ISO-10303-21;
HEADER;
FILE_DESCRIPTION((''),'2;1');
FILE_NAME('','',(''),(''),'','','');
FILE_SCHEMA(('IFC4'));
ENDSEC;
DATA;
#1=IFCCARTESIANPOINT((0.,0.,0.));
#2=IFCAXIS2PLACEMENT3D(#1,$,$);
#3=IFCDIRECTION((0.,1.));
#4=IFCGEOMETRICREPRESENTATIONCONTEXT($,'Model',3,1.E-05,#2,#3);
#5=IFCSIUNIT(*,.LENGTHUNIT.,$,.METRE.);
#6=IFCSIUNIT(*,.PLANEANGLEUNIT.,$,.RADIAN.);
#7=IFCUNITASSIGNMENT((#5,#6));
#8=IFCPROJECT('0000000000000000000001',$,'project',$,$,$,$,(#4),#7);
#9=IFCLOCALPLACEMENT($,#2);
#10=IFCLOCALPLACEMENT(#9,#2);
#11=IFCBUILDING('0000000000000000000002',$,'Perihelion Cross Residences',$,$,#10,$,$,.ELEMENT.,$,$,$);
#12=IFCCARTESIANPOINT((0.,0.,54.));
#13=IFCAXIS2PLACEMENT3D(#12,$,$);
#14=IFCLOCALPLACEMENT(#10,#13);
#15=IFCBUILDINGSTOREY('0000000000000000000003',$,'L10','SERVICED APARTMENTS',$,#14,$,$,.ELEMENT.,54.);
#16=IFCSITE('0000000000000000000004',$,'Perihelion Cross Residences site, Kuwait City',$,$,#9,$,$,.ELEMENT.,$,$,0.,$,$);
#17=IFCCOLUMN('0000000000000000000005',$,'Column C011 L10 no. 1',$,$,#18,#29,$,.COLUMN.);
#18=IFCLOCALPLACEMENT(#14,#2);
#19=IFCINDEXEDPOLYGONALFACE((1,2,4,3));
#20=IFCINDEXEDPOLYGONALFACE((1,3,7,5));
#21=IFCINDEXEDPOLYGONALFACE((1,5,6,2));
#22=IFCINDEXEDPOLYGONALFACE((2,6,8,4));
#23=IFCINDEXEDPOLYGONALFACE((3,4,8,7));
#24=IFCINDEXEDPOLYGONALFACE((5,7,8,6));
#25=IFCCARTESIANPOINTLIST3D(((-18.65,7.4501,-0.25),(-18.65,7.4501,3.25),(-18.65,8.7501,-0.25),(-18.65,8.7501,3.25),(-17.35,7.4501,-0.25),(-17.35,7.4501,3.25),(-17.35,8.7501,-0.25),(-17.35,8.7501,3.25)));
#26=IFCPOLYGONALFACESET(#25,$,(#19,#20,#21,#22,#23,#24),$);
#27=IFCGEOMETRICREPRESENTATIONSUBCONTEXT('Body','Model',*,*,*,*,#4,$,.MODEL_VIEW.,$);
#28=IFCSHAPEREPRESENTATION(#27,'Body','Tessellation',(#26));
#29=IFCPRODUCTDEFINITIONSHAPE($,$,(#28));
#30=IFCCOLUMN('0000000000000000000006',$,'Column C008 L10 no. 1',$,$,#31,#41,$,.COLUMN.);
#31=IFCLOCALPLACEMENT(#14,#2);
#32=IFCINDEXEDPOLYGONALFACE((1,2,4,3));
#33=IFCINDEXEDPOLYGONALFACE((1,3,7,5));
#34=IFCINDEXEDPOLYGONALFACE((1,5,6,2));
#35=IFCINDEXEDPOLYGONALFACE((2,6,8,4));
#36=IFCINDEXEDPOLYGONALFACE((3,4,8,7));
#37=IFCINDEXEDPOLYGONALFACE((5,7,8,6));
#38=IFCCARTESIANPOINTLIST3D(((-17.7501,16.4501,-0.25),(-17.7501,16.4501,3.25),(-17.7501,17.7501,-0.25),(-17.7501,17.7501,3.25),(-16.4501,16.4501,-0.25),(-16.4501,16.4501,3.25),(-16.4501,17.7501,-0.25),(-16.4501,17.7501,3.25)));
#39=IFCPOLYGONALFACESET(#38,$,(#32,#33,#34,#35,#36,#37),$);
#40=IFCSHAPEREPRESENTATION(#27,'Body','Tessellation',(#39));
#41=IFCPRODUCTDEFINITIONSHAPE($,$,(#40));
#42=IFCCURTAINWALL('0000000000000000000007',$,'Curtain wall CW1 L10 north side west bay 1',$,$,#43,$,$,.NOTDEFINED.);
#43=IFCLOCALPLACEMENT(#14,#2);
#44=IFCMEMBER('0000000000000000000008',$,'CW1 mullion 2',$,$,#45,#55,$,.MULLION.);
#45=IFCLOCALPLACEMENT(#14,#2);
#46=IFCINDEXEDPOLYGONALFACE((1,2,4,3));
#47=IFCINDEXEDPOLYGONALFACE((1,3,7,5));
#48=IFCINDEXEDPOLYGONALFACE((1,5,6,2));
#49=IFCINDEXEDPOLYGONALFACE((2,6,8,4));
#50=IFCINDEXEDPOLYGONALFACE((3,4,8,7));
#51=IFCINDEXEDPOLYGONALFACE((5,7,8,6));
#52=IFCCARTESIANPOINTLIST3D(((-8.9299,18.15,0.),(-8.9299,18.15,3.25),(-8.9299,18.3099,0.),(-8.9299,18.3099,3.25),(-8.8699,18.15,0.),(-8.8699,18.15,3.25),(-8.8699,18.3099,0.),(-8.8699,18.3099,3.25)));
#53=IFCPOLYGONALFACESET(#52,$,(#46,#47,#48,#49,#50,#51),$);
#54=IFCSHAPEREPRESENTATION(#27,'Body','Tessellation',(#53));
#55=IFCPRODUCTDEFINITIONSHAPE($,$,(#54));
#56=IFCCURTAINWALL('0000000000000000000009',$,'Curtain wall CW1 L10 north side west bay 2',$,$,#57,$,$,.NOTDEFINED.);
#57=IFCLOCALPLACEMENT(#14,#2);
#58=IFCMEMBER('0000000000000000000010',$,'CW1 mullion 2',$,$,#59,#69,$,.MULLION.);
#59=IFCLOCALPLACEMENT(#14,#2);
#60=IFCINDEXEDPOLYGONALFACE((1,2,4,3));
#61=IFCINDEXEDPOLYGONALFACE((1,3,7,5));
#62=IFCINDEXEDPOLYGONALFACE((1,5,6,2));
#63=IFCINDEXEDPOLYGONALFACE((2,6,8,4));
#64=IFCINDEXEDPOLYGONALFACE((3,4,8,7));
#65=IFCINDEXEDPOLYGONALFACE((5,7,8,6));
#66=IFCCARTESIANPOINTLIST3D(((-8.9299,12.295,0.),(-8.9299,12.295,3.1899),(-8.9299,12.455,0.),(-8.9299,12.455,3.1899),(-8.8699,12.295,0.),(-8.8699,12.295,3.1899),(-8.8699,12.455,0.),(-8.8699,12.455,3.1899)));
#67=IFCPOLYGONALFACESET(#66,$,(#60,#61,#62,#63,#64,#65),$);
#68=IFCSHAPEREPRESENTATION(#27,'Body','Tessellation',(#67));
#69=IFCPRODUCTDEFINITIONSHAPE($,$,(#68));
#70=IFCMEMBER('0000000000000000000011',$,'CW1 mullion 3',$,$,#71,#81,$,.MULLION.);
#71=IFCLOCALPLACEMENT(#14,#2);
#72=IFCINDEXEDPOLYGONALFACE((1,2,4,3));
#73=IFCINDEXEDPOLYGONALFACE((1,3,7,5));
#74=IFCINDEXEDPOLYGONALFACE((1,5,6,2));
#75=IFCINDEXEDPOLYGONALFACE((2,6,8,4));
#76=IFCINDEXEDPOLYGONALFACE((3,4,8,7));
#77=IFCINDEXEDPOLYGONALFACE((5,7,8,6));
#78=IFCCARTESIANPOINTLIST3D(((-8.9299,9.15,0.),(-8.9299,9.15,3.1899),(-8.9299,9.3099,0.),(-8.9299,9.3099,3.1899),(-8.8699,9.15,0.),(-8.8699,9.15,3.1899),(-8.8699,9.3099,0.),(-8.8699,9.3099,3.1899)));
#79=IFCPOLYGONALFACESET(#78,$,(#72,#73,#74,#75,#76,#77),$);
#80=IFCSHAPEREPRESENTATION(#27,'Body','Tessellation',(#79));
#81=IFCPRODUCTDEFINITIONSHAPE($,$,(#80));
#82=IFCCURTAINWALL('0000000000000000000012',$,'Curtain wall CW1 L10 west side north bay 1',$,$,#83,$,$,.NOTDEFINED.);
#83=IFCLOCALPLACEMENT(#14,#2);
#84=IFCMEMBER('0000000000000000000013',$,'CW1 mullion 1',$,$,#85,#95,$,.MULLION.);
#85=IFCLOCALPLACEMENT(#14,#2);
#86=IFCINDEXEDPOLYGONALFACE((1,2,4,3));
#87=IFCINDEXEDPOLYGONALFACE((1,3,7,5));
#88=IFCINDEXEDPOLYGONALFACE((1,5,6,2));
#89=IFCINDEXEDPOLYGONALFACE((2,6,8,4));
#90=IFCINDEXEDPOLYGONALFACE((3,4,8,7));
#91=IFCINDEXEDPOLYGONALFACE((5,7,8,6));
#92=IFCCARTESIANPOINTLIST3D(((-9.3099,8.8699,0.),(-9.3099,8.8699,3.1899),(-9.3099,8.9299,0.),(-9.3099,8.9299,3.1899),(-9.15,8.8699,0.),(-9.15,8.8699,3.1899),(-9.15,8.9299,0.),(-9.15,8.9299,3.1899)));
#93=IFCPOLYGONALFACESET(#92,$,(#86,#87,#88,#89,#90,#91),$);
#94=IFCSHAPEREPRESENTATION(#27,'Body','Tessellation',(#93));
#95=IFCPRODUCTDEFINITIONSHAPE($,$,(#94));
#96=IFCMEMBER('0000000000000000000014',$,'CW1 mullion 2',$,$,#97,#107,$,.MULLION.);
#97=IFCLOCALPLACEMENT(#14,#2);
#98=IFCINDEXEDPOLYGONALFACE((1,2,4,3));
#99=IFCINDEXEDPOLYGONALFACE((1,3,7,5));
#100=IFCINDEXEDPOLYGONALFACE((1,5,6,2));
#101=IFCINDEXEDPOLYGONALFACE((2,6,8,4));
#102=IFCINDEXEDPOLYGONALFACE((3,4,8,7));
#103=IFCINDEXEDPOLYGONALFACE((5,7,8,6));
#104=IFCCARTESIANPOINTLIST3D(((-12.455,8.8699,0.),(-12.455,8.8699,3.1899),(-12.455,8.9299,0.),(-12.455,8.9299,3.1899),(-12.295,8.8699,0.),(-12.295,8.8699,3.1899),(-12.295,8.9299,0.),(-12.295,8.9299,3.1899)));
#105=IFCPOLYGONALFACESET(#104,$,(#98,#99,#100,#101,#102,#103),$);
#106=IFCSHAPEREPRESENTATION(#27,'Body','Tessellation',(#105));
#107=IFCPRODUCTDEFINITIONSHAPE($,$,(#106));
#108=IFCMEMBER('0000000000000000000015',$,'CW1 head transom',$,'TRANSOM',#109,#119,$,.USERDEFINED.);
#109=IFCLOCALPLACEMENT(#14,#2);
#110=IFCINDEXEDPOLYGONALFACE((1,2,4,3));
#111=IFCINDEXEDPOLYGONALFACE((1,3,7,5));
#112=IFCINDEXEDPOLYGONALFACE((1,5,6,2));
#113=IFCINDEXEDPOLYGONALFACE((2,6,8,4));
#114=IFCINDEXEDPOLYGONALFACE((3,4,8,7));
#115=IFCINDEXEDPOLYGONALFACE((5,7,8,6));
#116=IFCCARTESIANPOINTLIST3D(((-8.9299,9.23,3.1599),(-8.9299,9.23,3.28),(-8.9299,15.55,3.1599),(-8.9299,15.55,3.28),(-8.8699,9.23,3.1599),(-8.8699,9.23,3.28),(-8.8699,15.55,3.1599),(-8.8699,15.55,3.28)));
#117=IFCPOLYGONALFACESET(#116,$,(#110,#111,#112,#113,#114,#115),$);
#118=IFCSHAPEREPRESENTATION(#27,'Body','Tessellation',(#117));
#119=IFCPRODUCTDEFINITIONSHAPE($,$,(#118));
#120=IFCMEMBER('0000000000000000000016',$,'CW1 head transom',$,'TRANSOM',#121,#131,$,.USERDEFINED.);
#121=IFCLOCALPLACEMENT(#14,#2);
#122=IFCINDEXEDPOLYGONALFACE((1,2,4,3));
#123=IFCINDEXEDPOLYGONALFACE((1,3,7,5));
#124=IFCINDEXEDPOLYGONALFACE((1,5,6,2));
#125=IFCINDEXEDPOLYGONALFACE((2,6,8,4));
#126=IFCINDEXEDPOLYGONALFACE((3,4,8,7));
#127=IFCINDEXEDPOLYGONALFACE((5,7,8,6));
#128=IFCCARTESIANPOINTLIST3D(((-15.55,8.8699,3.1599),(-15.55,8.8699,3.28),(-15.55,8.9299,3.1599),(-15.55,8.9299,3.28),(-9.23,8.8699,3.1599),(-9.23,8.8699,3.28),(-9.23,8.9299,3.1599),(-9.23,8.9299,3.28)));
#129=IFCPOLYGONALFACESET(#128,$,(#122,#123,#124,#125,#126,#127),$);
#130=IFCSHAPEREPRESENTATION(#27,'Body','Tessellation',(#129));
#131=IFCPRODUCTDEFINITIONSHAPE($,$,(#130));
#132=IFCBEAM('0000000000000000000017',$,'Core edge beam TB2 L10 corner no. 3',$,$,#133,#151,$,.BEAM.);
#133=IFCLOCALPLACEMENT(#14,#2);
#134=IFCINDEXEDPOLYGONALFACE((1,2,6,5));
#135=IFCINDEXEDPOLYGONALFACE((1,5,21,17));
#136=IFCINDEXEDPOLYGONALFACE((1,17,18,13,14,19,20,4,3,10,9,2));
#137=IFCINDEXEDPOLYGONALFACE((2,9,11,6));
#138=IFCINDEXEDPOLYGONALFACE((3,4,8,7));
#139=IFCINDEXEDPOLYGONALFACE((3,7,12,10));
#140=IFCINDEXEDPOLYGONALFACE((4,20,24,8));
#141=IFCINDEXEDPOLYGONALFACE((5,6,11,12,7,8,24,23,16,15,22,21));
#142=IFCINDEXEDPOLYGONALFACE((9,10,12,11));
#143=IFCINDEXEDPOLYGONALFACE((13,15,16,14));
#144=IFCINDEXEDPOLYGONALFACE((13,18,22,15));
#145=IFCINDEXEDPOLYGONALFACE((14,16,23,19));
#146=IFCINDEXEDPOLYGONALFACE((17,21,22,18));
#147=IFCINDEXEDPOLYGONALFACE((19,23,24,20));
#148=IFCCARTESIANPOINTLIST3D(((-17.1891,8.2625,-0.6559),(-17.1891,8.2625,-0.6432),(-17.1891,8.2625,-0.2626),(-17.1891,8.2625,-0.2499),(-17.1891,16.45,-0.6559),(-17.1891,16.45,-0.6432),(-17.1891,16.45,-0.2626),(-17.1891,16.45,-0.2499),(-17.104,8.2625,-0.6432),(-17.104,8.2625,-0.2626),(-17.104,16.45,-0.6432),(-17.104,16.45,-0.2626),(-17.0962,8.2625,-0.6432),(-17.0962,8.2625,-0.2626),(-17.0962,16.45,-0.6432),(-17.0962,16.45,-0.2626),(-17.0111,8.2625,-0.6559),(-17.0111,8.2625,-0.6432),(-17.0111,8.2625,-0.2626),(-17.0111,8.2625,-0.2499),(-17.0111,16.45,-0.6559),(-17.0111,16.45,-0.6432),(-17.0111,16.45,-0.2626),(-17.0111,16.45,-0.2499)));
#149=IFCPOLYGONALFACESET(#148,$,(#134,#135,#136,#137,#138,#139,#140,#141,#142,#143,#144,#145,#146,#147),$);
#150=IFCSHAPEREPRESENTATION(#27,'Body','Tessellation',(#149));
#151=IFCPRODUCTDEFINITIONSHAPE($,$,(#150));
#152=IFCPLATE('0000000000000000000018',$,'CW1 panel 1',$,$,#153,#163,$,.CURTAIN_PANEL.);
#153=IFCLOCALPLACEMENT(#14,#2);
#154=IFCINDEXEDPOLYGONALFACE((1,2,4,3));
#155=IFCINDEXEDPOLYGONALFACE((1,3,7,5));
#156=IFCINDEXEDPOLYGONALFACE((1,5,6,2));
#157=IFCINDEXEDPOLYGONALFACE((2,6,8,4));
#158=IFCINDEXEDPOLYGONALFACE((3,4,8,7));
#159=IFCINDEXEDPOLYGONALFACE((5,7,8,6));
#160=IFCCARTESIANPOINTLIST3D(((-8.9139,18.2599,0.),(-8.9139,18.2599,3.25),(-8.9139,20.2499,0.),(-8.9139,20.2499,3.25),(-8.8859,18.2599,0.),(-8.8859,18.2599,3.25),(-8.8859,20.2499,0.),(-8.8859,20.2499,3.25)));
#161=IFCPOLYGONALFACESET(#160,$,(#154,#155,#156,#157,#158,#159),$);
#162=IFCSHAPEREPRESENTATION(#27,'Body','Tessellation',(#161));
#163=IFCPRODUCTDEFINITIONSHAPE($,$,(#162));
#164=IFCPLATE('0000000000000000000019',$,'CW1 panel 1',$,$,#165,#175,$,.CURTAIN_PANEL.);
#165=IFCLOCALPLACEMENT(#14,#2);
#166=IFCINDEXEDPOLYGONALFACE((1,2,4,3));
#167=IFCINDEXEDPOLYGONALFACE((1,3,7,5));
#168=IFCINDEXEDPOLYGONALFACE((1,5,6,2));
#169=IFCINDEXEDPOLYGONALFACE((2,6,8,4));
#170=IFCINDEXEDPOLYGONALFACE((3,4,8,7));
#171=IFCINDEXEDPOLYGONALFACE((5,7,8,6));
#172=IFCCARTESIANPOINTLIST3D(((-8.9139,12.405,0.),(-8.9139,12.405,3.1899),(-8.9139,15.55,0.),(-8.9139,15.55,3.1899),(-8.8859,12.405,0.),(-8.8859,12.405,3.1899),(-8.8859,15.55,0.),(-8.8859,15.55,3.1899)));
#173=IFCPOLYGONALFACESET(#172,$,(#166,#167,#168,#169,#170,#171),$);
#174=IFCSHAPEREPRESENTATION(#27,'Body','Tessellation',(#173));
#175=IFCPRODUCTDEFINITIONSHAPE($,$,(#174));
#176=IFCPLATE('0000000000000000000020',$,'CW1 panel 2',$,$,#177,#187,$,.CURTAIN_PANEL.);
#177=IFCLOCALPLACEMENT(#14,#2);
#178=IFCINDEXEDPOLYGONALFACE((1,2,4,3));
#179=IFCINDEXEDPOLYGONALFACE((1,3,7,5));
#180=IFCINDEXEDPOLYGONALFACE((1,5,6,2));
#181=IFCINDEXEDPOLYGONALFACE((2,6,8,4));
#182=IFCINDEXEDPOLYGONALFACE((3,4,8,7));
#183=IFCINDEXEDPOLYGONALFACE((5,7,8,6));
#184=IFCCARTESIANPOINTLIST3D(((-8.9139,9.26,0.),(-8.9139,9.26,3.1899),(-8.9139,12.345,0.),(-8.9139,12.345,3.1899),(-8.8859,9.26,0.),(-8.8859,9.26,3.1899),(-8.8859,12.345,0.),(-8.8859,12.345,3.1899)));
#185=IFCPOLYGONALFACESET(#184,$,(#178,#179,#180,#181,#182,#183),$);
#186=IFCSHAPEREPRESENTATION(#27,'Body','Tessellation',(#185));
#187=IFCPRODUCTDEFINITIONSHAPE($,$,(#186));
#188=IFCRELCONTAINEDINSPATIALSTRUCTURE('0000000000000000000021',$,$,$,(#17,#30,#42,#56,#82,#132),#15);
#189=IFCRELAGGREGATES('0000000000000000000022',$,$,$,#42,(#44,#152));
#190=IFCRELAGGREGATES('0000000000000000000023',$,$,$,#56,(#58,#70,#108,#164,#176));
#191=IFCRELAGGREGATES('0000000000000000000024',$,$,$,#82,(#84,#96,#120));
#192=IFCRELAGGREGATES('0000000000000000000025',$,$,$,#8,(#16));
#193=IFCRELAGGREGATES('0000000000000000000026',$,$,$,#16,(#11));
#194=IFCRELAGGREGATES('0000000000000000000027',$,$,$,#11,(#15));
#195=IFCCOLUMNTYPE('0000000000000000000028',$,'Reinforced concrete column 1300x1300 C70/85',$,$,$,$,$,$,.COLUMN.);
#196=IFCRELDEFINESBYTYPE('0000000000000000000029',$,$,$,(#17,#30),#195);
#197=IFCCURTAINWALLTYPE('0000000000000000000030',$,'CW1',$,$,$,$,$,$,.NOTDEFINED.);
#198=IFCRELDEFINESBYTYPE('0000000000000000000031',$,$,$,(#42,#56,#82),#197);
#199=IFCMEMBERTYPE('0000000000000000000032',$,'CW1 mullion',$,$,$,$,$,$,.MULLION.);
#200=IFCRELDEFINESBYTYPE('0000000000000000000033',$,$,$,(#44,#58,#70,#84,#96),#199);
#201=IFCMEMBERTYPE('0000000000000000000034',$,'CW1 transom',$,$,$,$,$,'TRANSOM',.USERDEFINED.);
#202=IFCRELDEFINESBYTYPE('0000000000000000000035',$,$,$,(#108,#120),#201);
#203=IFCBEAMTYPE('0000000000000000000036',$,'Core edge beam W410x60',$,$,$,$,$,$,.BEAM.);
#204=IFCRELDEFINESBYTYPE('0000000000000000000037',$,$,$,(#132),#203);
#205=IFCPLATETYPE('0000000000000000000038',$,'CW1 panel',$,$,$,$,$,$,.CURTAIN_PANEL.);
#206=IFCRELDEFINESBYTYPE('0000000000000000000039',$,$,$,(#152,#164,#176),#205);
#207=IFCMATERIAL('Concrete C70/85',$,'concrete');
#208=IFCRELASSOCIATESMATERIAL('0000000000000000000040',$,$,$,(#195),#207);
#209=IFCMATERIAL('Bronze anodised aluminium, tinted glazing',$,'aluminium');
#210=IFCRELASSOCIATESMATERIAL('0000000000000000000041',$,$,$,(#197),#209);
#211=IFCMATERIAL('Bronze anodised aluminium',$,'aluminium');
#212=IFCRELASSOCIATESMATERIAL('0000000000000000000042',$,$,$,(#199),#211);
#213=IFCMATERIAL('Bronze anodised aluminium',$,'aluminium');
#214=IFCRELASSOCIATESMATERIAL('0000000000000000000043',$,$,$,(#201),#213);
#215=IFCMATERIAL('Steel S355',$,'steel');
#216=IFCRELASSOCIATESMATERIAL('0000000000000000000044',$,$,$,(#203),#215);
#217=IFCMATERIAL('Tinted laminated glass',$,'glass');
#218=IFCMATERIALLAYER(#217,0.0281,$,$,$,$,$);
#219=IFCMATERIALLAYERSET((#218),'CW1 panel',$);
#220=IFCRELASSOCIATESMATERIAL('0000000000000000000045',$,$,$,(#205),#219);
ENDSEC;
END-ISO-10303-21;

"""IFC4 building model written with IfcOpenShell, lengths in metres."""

from ifc_helpers import new_model, si_unit, direction, frame, origin, origin_2d, place, context, subcontext, project, spatial, rectangle, i_section, extrude, material, layer, layer_set, material_profile, profile_set, type_object, element, aggregate, save


model = new_model("IFC4")

# Units and contexts
model_context = context("Model", 3, precision=1e-05, world=origin(), true_north=direction((0.0, 1.0)))
body_context = subcontext(model_context, "Body", "Model", "MODEL_VIEW")
ifc_project = project(units=[si_unit("LENGTHUNIT", "METRE"), si_unit("PLANEANGLEUNIT", "RADIAN")], contexts=[model_context])

# Site, building, storey
site_placement = place(None, origin())
site = spatial("IfcSite", under=ifc_project, at=site_placement, Name="Perihelion Cross Residences site, Kuwait City", CompositionType="ELEMENT", RefElevation=0.0)
building_placement = place(site_placement, origin())
building = spatial("IfcBuilding", under=site, at=building_placement, Name="Perihelion Cross Residences", CompositionType="ELEMENT")
storey_placement = place(building_placement, frame((0.0, 0.0, 54.0)))
storey = spatial("IfcBuildingStorey", under=building, at=storey_placement, Name="L10", Description="SERVICED APARTMENTS", CompositionType="ELEMENT", Elevation=54.0)

# Columns
ifc_material_1 = material(Name="Concrete C70/85", Category="concrete")
ifc_material_profile_1 = material_profile(ifc_material_1, rectangle(XDim=1.3, YDim=1.3, at=origin_2d()), Name="RC 1300x1300")
ifc_profile_set_1 = profile_set([ifc_material_profile_1], Name="Concrete C70/85")
column_type = type_object("IfcColumnType", Name="Reinforced concrete column 1300x1300 C70/85", PredefinedType="COLUMN", material=ifc_profile_set_1)
for number, where, z_axis, x_axis, name in (
    (1, (-18.0, 8.1001, -0.25), (0.0, 0.0, 1.0), (1.0, 0.0, 0.0), "Column C011 L10 no. 1"),
    (2, (-17.1001, 17.1001, -0.25), (0.0, 0.0, 1.0), (1.0, 0.0, 0.0), "Column C008 L10 no. 1"),
):
    element("IfcColumn", number, at=place(storey_placement, frame(where, z_axis=z_axis, x_axis=x_axis)), inside=storey, type_object=column_type, Name=name, PredefinedType="COLUMN", context=body_context, shape_type="SweptSolid", body=[
        extrude(rectangle(XDim=1.3, YDim=1.3, at=origin_2d()), origin(), (0.0, 0.0, 1.0), 3.5),
    ])

# Curtain wall, member
ifc_material_2 = material(Name="Bronze anodised aluminium, tinted glazing", Category="aluminium")
curtain_wall_type = type_object("IfcCurtainWallType", Name="CW1", PredefinedType="NOTDEFINED", material=ifc_material_2)
curtain_wall_1_placement = place(storey_placement, origin())
curtain_wall_1 = element("IfcCurtainWall", 3, at=curtain_wall_1_placement, inside=storey, type_object=curtain_wall_type, Name="Curtain wall CW1 L10 north side west bay 1", PredefinedType="NOTDEFINED")
ifc_material_3 = material(Name="Bronze anodised aluminium", Category="aluminium")
ifc_material_profile_2 = material_profile(ifc_material_3, rectangle(XDim=0.0601, YDim=0.1599, at=origin_2d()), Name="CW1 mullion")
ifc_profile_set_2 = profile_set([ifc_material_profile_2], Name="Bronze anodised aluminium")
member_type_1 = type_object("IfcMemberType", Name="CW1 mullion", PredefinedType="MULLION", material=ifc_profile_set_2)
member_1_placement = place(storey_placement, frame((-8.8999, 18.23, 0.0), z_axis=(0.0, 0.0, 1.0), x_axis=(1.0, 0.0, 0.0)))
member_1 = element("IfcMember", 4, at=member_1_placement, type_object=member_type_1, Name="CW1 mullion 2", PredefinedType="MULLION", context=body_context, shape_type="SweptSolid", body=[
    extrude(rectangle(XDim=0.0601, YDim=0.1599, at=origin_2d()), origin(), (0.0, 0.0, 1.0), 3.25),
])

# Curtain walls, members
curtain_wall_2_placement = place(storey_placement, origin())
curtain_wall_2 = element("IfcCurtainWall", 5, at=curtain_wall_2_placement, inside=storey, type_object=curtain_wall_type, Name="Curtain wall CW1 L10 north side west bay 2", PredefinedType="NOTDEFINED")
member_2_placement = place(storey_placement, frame((-8.8999, 12.375, 0.0), z_axis=(0.0, 0.0, 1.0), x_axis=(1.0, 0.0, 0.0)))
member_2 = element("IfcMember", 6, at=member_2_placement, type_object=member_type_1, Name="CW1 mullion 2", PredefinedType="MULLION", context=body_context, shape_type="SweptSolid", body=[
    extrude(rectangle(XDim=0.0601, YDim=0.1599, at=origin_2d()), origin(), (0.0, 0.0, 1.0), 3.1899),
])
member_3_placement = place(storey_placement, frame((-8.8999, 9.23, 0.0), z_axis=(0.0, 0.0, 1.0), x_axis=(1.0, 0.0, 0.0)))
member_3 = element("IfcMember", 7, at=member_3_placement, type_object=member_type_1, Name="CW1 mullion 3", PredefinedType="MULLION", context=body_context, shape_type="SweptSolid", body=[
    extrude(rectangle(XDim=0.0601, YDim=0.1599, at=origin_2d()), origin(), (0.0, 0.0, 1.0), 3.1899),
])
curtain_wall_3_placement = place(storey_placement, origin())
curtain_wall_3 = element("IfcCurtainWall", 8, at=curtain_wall_3_placement, inside=storey, type_object=curtain_wall_type, Name="Curtain wall CW1 L10 west side north bay 1", PredefinedType="NOTDEFINED")
member_4_placement = place(storey_placement, frame((-9.23, 8.8999, 0.0), z_axis=(0.0, 0.0, 1.0), x_axis=(0.0, -1.0, 0.0)))
member_4 = element("IfcMember", 9, at=member_4_placement, type_object=member_type_1, Name="CW1 mullion 1", PredefinedType="MULLION", context=body_context, shape_type="SweptSolid", body=[
    extrude(rectangle(XDim=0.0601, YDim=0.1599, at=origin_2d()), origin(), (0.0, 0.0, 1.0), 3.1899),
])
member_5_placement = place(storey_placement, frame((-12.375, 8.8999, 0.0), z_axis=(0.0, 0.0, 1.0), x_axis=(0.0, -1.0, 0.0)))
member_5 = element("IfcMember", 10, at=member_5_placement, type_object=member_type_1, Name="CW1 mullion 2", PredefinedType="MULLION", context=body_context, shape_type="SweptSolid", body=[
    extrude(rectangle(XDim=0.0601, YDim=0.1599, at=origin_2d()), origin(), (0.0, 0.0, 1.0), 3.1899),
])

# Members
ifc_material_4 = material(Name="Bronze anodised aluminium", Category="aluminium")
ifc_material_profile_3 = material_profile(ifc_material_4, rectangle(XDim=0.0601, YDim=0.1201, at=origin_2d()), Name="CW1 transom")
ifc_profile_set_3 = profile_set([ifc_material_profile_3], Name="Bronze anodised aluminium")
member_type_2 = type_object("IfcMemberType", Name="CW1 transom", ElementType="TRANSOM", PredefinedType="USERDEFINED", material=ifc_profile_set_3)
member_6_placement = place(storey_placement, frame((-8.8999, 15.55, 3.22), z_axis=(0.0, -1.0, 0.0), x_axis=(1.0, 0.0, 0.0)))
member_6 = element("IfcMember", 11, at=member_6_placement, type_object=member_type_2, Name="CW1 head transom", ObjectType="TRANSOM", PredefinedType="USERDEFINED", context=body_context, shape_type="SweptSolid", body=[
    extrude(rectangle(XDim=0.0601, YDim=0.1201, at=origin_2d()), origin(), (0.0, 0.0, 1.0), 6.3201),
])
member_7_placement = place(storey_placement, frame((-9.23, 8.8999, 3.22), z_axis=(-1.0, 0.0, 0.0), x_axis=(0.0, -1.0, 0.0)))
member_7 = element("IfcMember", 12, at=member_7_placement, type_object=member_type_2, Name="CW1 head transom", ObjectType="TRANSOM", PredefinedType="USERDEFINED", context=body_context, shape_type="SweptSolid", body=[
    extrude(rectangle(XDim=0.0601, YDim=0.1201, at=origin_2d()), origin(), (0.0, 0.0, 1.0), 6.3201),
])

# Beam
ifc_material_5 = material(Name="Steel S355", Category="steel")
ifc_material_profile_4 = material_profile(ifc_material_5, i_section(OverallWidth=0.178, OverallDepth=0.406, WebThickness=0.0078, FlangeThickness=0.0127, at=origin_2d()), Name="W410x60")
ifc_profile_set_4 = profile_set([ifc_material_profile_4], Name="Steel S355")
beam_type = type_object("IfcBeamType", Name="Core edge beam W410x60", PredefinedType="BEAM", material=ifc_profile_set_4)
beam_placement = place(storey_placement, frame((-17.1001, 8.2625, -0.4529), z_axis=(0.0, 1.0, 0.0), x_axis=(-1.0, 0.0, 0.0)))
element("IfcBeam", 13, at=beam_placement, inside=storey, type_object=beam_type, Name="Core edge beam TB2 L10 corner no. 3", PredefinedType="BEAM", context=body_context, shape_type="SweptSolid", body=[
    extrude(i_section(OverallWidth=0.178, OverallDepth=0.406, WebThickness=0.0078, FlangeThickness=0.0127, at=origin_2d()), origin(), (0.0, 0.0, 1.0), 8.1875),
])

# Plates
ifc_material_6 = material(Name="Tinted laminated glass", Category="glass")
ifc_layer_1 = layer(ifc_material_6, 0.0281)
ifc_layer_set_1 = layer_set([ifc_layer_1], Name="CW1 panel")
plate_type = type_object("IfcPlateType", Name="CW1 panel", PredefinedType="CURTAIN_PANEL", material=ifc_layer_set_1)
plate_1_placement = place(storey_placement, frame((-8.8999, 19.2549, 0.0), z_axis=(0.0, 0.0, 1.0), x_axis=(0.0, -1.0, 0.0)))
plate_1 = element("IfcPlate", 14, at=plate_1_placement, type_object=plate_type, Name="CW1 panel 1", PredefinedType="CURTAIN_PANEL", context=body_context, shape_type="SweptSolid", body=[
    extrude(rectangle(XDim=1.99, YDim=0.0281, at=origin_2d()), origin(), (0.0, 0.0, 1.0), 3.25),
])
aggregate(curtain_wall_1, [member_1, plate_1])
plate_2_placement = place(storey_placement, frame((-8.8999, 13.9775, 0.0), z_axis=(0.0, 0.0, 1.0), x_axis=(0.0, -1.0, 0.0)))
plate_2 = element("IfcPlate", 15, at=plate_2_placement, type_object=plate_type, Name="CW1 panel 1", PredefinedType="CURTAIN_PANEL", context=body_context, shape_type="SweptSolid", body=[
    extrude(rectangle(XDim=3.145, YDim=0.0281, at=origin_2d()), origin(), (0.0, 0.0, 1.0), 3.1899),
])
plate_3_placement = place(storey_placement, frame((-8.8999, 10.8025, 0.0), z_axis=(0.0, 0.0, 1.0), x_axis=(0.0, -1.0, 0.0)))
plate_3 = element("IfcPlate", 16, at=plate_3_placement, type_object=plate_type, Name="CW1 panel 2", PredefinedType="CURTAIN_PANEL", context=body_context, shape_type="SweptSolid", body=[
    extrude(rectangle(XDim=3.085, YDim=0.0281, at=origin_2d()), origin(), (0.0, 0.0, 1.0), 3.1899),
])
aggregate(curtain_wall_2, [member_2, member_3, member_6, plate_2, plate_3])
aggregate(curtain_wall_3, [member_4, member_5, member_7])

save(model, "model.ifc")
